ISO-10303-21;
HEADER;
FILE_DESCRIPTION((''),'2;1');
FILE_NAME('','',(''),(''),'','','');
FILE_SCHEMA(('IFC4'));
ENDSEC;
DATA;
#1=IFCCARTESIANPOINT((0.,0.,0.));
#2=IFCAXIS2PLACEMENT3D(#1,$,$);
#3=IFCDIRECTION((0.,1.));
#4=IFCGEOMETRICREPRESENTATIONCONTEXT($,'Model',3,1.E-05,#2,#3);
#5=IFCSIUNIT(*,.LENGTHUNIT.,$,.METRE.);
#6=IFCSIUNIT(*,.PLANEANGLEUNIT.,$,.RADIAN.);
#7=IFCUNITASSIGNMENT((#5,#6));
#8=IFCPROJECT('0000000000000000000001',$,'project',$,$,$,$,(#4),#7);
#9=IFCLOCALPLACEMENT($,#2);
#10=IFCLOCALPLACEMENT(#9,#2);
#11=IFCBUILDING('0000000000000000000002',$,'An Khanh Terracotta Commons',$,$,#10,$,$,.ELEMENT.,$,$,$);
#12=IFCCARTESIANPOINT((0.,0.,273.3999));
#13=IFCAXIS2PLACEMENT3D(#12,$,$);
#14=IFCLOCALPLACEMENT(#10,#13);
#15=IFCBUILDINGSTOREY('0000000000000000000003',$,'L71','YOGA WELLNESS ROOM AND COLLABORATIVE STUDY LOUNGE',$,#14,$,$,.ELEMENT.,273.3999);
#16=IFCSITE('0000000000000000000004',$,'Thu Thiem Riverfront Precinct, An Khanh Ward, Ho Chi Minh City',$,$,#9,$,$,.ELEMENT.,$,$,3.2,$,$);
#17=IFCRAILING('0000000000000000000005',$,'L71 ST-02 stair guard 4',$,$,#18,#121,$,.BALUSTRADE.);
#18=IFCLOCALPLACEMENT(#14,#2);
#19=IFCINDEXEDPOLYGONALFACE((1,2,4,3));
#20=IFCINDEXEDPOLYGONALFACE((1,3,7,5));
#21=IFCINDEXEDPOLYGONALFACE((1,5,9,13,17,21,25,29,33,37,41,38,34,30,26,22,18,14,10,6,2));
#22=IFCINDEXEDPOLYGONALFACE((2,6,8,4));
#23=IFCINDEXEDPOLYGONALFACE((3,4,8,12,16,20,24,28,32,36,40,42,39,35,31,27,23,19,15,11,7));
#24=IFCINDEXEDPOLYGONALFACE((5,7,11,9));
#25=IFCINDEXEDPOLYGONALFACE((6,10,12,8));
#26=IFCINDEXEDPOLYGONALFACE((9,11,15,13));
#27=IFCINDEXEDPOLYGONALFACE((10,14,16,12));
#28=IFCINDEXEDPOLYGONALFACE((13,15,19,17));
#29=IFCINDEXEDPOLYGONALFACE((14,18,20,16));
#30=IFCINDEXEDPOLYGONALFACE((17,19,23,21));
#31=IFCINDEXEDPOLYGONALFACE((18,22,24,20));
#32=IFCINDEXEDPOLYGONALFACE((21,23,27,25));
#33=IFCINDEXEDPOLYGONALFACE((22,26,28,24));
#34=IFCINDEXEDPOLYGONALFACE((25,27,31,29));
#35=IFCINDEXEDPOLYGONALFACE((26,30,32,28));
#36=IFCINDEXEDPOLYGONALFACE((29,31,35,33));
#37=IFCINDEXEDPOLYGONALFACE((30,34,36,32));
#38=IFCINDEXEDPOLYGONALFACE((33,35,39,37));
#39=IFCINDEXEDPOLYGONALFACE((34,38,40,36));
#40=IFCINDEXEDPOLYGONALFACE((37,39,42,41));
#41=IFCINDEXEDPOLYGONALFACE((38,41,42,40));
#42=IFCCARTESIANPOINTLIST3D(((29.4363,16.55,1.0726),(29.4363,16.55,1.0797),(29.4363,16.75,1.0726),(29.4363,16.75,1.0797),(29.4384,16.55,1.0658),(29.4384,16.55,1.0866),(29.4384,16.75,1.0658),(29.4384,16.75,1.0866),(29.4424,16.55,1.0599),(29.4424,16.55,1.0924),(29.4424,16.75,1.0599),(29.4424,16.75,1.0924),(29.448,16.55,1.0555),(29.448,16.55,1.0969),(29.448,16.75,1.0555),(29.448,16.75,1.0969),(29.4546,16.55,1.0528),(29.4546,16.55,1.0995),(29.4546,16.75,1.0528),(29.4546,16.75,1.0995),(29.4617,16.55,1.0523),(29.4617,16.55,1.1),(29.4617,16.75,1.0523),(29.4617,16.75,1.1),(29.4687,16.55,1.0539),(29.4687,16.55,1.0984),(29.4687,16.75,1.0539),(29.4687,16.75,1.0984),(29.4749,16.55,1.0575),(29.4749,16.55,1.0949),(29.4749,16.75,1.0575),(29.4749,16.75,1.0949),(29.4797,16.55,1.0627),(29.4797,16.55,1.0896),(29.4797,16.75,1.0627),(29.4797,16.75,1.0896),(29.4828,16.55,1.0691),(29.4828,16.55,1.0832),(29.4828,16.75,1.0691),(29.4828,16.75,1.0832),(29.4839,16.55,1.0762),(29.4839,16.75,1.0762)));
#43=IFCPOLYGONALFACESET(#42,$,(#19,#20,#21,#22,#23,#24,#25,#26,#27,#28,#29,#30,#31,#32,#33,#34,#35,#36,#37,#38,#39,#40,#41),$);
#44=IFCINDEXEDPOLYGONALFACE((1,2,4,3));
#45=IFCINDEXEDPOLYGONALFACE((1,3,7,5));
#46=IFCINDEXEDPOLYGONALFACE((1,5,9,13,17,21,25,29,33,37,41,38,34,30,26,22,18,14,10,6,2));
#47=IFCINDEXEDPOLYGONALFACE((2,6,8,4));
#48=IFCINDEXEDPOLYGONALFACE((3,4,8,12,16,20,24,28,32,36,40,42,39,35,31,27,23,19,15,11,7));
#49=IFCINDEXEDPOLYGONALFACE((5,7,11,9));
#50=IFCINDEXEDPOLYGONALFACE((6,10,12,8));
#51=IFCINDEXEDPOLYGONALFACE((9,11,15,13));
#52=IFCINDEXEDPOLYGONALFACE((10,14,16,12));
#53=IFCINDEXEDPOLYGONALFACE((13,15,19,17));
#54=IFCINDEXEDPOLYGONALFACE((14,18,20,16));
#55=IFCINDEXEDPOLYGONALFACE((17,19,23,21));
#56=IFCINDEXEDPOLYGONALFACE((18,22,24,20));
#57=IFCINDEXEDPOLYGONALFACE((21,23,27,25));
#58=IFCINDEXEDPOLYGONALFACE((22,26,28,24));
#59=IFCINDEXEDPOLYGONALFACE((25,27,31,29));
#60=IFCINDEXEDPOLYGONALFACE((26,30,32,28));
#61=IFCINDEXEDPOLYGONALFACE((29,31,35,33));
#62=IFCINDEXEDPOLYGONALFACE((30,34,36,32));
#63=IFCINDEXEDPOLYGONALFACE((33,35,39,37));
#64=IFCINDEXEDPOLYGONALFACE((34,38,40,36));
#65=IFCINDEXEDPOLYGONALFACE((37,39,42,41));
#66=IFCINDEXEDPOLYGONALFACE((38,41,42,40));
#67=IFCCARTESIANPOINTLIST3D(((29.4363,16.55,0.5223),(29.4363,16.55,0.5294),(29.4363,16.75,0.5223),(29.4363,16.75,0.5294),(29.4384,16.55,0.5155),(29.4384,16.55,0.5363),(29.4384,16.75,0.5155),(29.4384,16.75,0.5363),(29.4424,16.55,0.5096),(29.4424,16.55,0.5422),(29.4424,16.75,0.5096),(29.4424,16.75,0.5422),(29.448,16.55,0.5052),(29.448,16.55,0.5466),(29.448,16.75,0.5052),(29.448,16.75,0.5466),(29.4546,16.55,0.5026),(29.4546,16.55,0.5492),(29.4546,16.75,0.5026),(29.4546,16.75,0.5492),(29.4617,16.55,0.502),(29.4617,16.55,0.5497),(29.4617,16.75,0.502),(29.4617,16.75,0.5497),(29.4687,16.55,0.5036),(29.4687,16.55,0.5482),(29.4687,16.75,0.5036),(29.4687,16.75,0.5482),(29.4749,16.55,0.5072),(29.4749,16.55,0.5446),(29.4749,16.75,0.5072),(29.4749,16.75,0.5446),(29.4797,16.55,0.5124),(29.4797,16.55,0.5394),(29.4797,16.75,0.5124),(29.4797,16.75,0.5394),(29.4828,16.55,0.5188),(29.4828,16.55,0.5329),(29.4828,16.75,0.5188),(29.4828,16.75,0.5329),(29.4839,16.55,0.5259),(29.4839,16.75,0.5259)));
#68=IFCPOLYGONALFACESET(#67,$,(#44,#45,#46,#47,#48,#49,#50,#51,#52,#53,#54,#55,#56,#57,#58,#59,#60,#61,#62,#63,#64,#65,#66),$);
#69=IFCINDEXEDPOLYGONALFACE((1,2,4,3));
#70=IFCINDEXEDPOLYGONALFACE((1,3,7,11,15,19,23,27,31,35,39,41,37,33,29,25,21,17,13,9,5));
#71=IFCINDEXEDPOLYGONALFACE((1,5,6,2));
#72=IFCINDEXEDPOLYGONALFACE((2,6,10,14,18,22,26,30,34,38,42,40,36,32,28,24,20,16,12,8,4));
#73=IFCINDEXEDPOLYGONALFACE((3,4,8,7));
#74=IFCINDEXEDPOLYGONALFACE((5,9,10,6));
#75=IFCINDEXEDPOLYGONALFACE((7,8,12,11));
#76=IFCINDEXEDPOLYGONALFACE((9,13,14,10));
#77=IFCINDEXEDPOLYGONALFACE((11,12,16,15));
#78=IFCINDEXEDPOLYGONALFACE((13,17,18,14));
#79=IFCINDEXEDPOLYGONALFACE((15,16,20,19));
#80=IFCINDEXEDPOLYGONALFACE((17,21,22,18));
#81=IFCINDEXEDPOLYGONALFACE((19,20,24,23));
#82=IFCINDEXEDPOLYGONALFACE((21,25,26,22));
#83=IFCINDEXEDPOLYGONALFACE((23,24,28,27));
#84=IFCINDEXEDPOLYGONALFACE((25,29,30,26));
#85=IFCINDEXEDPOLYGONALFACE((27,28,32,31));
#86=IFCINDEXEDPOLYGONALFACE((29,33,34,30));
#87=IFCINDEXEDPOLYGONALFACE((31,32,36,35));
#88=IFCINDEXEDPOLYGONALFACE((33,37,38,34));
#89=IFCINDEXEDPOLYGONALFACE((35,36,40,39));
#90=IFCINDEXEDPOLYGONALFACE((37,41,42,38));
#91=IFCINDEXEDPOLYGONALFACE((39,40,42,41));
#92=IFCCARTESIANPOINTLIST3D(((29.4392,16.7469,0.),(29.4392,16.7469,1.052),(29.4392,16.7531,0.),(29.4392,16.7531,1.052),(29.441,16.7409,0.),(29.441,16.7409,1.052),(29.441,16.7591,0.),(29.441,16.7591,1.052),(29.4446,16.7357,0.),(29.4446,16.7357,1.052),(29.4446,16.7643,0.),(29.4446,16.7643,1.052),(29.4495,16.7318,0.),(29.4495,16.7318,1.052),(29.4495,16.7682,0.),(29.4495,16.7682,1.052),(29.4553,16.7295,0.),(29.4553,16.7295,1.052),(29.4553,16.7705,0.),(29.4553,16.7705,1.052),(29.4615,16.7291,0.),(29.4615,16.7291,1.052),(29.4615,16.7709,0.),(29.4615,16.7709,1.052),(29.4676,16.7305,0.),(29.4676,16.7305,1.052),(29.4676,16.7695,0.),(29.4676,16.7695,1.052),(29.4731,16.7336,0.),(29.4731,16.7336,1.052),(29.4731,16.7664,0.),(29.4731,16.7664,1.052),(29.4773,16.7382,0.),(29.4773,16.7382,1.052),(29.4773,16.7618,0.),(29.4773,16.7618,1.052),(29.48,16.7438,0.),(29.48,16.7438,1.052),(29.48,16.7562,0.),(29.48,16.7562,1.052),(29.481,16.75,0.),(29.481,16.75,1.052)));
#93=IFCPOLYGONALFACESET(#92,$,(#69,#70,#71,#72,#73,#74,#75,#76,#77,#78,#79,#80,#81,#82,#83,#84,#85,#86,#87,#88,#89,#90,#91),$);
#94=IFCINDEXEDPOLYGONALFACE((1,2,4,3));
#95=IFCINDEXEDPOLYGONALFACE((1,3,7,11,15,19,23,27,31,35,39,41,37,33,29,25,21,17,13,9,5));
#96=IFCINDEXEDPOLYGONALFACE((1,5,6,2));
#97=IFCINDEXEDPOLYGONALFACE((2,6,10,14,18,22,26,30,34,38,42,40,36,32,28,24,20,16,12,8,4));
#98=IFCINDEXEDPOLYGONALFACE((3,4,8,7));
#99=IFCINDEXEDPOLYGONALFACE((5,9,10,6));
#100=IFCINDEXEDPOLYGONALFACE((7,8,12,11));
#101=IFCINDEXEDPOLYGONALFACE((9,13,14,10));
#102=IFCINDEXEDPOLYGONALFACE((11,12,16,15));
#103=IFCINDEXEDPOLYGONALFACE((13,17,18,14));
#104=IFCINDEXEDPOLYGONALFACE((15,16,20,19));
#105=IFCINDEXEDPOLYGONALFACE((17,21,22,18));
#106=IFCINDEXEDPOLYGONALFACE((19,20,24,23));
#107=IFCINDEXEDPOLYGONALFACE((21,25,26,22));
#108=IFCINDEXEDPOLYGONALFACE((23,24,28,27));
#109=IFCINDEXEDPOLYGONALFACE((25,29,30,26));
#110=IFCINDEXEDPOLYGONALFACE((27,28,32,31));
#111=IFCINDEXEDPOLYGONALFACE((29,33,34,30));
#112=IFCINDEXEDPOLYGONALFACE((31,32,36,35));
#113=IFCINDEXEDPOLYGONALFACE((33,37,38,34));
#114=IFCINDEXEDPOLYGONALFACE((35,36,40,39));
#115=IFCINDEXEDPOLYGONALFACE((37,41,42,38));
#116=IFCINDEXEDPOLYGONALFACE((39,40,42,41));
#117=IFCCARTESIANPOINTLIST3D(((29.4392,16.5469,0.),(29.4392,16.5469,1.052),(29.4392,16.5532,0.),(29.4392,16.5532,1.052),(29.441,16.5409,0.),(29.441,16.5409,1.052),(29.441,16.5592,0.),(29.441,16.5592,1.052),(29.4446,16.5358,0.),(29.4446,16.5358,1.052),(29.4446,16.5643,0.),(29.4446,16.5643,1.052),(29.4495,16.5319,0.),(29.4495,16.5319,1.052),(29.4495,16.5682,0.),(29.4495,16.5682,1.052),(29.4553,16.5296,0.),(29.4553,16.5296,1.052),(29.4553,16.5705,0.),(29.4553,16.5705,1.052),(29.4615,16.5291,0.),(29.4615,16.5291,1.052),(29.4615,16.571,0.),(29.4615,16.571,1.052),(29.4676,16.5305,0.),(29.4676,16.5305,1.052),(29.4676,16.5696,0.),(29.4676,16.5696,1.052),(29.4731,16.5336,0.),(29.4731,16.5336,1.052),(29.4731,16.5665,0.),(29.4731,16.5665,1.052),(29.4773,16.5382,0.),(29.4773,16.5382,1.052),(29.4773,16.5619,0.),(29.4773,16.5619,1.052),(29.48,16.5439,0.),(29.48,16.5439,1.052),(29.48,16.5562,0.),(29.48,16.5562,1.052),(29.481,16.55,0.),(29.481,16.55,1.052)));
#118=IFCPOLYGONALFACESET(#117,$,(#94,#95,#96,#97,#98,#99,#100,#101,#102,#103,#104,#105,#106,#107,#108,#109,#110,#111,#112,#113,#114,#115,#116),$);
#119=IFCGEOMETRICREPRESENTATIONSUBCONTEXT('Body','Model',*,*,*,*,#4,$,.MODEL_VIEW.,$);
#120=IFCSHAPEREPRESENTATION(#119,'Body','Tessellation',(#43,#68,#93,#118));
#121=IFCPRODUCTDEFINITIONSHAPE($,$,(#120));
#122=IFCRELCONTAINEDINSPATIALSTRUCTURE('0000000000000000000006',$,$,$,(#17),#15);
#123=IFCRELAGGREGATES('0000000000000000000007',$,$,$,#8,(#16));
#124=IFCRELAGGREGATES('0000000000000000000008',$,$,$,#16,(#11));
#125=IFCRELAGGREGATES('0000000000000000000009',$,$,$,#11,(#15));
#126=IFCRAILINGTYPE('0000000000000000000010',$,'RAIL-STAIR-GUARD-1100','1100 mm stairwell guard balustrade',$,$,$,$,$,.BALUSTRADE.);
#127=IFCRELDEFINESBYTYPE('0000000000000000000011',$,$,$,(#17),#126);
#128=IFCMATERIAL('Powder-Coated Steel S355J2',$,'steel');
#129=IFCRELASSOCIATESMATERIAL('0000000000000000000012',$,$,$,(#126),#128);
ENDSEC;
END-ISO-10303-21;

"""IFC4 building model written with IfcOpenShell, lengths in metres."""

from ifc_helpers import new_model, si_unit, direction, frame, origin, origin_2d, place, context, subcontext, project, spatial, circle, extrude, material, type_object, element, save


model = new_model("IFC4")

# Units and contexts
model_context = context("Model", 3, precision=1e-05, world=origin(), true_north=direction((0.0, 1.0)))
body_context = subcontext(model_context, "Body", "Model", "MODEL_VIEW")
ifc_project = project(units=[si_unit("LENGTHUNIT", "METRE"), si_unit("PLANEANGLEUNIT", "RADIAN")], contexts=[model_context])

# Site, building, storey
site_placement = place(None, origin())
site = spatial("IfcSite", under=ifc_project, at=site_placement, Name="Thu Thiem Riverfront Precinct, An Khanh Ward, Ho Chi Minh City", CompositionType="ELEMENT", RefElevation=3.2)
building_placement = place(site_placement, origin())
building = spatial("IfcBuilding", under=site, at=building_placement, Name="An Khanh Terracotta Commons", CompositionType="ELEMENT")
storey_placement = place(building_placement, frame((0.0, 0.0, 273.3999)))
storey = spatial("IfcBuildingStorey", under=building, at=storey_placement, Name="L71", Description="YOGA WELLNESS ROOM AND COLLABORATIVE STUDY LOUNGE", CompositionType="ELEMENT", Elevation=273.3999)

# Railing
ifc_material_1 = material(Name="Powder-Coated Steel S355J2", Category="steel")
railing_type = type_object("IfcRailingType", Name="RAIL-STAIR-GUARD-1100", Description="1100 mm stairwell guard balustrade", PredefinedType="BALUSTRADE", material=ifc_material_1)
railing_1_placement = place(storey_placement, frame((29.46, 16.75, 0.0)))
element("IfcRailing", 1, at=railing_1_placement, inside=storey, type_object=railing_type, Name="L71 ST-02 stair guard 4", PredefinedType="BALUSTRADE", context=body_context, shape_type="SweptSolid", body=[
    extrude(circle(Radius=0.0239, at=origin_2d()), frame((0.0, 0.0, 1.0762), z_axis=(0.0, -1.0, 0.0), x_axis=(1.0, 0.0, 0.0)), (0.0, 0.0, 1.0), 0.2),
    extrude(circle(Radius=0.0239, at=origin_2d()), frame((0.0, 0.0, 0.5259), z_axis=(0.0, -1.0, 0.0), x_axis=(1.0, 0.0, 0.0)), (0.0, 0.0, 1.0), 0.2),
    extrude(circle(Radius=0.021, at=origin_2d()), origin(), (0.0, 0.0, 1.0), 1.052),
    extrude(circle(Radius=0.021, at=origin_2d()), frame((0.0, -0.2, 0.0)), (0.0, 0.0, 1.0), 1.052),
])

save(model, "model.ifc")
